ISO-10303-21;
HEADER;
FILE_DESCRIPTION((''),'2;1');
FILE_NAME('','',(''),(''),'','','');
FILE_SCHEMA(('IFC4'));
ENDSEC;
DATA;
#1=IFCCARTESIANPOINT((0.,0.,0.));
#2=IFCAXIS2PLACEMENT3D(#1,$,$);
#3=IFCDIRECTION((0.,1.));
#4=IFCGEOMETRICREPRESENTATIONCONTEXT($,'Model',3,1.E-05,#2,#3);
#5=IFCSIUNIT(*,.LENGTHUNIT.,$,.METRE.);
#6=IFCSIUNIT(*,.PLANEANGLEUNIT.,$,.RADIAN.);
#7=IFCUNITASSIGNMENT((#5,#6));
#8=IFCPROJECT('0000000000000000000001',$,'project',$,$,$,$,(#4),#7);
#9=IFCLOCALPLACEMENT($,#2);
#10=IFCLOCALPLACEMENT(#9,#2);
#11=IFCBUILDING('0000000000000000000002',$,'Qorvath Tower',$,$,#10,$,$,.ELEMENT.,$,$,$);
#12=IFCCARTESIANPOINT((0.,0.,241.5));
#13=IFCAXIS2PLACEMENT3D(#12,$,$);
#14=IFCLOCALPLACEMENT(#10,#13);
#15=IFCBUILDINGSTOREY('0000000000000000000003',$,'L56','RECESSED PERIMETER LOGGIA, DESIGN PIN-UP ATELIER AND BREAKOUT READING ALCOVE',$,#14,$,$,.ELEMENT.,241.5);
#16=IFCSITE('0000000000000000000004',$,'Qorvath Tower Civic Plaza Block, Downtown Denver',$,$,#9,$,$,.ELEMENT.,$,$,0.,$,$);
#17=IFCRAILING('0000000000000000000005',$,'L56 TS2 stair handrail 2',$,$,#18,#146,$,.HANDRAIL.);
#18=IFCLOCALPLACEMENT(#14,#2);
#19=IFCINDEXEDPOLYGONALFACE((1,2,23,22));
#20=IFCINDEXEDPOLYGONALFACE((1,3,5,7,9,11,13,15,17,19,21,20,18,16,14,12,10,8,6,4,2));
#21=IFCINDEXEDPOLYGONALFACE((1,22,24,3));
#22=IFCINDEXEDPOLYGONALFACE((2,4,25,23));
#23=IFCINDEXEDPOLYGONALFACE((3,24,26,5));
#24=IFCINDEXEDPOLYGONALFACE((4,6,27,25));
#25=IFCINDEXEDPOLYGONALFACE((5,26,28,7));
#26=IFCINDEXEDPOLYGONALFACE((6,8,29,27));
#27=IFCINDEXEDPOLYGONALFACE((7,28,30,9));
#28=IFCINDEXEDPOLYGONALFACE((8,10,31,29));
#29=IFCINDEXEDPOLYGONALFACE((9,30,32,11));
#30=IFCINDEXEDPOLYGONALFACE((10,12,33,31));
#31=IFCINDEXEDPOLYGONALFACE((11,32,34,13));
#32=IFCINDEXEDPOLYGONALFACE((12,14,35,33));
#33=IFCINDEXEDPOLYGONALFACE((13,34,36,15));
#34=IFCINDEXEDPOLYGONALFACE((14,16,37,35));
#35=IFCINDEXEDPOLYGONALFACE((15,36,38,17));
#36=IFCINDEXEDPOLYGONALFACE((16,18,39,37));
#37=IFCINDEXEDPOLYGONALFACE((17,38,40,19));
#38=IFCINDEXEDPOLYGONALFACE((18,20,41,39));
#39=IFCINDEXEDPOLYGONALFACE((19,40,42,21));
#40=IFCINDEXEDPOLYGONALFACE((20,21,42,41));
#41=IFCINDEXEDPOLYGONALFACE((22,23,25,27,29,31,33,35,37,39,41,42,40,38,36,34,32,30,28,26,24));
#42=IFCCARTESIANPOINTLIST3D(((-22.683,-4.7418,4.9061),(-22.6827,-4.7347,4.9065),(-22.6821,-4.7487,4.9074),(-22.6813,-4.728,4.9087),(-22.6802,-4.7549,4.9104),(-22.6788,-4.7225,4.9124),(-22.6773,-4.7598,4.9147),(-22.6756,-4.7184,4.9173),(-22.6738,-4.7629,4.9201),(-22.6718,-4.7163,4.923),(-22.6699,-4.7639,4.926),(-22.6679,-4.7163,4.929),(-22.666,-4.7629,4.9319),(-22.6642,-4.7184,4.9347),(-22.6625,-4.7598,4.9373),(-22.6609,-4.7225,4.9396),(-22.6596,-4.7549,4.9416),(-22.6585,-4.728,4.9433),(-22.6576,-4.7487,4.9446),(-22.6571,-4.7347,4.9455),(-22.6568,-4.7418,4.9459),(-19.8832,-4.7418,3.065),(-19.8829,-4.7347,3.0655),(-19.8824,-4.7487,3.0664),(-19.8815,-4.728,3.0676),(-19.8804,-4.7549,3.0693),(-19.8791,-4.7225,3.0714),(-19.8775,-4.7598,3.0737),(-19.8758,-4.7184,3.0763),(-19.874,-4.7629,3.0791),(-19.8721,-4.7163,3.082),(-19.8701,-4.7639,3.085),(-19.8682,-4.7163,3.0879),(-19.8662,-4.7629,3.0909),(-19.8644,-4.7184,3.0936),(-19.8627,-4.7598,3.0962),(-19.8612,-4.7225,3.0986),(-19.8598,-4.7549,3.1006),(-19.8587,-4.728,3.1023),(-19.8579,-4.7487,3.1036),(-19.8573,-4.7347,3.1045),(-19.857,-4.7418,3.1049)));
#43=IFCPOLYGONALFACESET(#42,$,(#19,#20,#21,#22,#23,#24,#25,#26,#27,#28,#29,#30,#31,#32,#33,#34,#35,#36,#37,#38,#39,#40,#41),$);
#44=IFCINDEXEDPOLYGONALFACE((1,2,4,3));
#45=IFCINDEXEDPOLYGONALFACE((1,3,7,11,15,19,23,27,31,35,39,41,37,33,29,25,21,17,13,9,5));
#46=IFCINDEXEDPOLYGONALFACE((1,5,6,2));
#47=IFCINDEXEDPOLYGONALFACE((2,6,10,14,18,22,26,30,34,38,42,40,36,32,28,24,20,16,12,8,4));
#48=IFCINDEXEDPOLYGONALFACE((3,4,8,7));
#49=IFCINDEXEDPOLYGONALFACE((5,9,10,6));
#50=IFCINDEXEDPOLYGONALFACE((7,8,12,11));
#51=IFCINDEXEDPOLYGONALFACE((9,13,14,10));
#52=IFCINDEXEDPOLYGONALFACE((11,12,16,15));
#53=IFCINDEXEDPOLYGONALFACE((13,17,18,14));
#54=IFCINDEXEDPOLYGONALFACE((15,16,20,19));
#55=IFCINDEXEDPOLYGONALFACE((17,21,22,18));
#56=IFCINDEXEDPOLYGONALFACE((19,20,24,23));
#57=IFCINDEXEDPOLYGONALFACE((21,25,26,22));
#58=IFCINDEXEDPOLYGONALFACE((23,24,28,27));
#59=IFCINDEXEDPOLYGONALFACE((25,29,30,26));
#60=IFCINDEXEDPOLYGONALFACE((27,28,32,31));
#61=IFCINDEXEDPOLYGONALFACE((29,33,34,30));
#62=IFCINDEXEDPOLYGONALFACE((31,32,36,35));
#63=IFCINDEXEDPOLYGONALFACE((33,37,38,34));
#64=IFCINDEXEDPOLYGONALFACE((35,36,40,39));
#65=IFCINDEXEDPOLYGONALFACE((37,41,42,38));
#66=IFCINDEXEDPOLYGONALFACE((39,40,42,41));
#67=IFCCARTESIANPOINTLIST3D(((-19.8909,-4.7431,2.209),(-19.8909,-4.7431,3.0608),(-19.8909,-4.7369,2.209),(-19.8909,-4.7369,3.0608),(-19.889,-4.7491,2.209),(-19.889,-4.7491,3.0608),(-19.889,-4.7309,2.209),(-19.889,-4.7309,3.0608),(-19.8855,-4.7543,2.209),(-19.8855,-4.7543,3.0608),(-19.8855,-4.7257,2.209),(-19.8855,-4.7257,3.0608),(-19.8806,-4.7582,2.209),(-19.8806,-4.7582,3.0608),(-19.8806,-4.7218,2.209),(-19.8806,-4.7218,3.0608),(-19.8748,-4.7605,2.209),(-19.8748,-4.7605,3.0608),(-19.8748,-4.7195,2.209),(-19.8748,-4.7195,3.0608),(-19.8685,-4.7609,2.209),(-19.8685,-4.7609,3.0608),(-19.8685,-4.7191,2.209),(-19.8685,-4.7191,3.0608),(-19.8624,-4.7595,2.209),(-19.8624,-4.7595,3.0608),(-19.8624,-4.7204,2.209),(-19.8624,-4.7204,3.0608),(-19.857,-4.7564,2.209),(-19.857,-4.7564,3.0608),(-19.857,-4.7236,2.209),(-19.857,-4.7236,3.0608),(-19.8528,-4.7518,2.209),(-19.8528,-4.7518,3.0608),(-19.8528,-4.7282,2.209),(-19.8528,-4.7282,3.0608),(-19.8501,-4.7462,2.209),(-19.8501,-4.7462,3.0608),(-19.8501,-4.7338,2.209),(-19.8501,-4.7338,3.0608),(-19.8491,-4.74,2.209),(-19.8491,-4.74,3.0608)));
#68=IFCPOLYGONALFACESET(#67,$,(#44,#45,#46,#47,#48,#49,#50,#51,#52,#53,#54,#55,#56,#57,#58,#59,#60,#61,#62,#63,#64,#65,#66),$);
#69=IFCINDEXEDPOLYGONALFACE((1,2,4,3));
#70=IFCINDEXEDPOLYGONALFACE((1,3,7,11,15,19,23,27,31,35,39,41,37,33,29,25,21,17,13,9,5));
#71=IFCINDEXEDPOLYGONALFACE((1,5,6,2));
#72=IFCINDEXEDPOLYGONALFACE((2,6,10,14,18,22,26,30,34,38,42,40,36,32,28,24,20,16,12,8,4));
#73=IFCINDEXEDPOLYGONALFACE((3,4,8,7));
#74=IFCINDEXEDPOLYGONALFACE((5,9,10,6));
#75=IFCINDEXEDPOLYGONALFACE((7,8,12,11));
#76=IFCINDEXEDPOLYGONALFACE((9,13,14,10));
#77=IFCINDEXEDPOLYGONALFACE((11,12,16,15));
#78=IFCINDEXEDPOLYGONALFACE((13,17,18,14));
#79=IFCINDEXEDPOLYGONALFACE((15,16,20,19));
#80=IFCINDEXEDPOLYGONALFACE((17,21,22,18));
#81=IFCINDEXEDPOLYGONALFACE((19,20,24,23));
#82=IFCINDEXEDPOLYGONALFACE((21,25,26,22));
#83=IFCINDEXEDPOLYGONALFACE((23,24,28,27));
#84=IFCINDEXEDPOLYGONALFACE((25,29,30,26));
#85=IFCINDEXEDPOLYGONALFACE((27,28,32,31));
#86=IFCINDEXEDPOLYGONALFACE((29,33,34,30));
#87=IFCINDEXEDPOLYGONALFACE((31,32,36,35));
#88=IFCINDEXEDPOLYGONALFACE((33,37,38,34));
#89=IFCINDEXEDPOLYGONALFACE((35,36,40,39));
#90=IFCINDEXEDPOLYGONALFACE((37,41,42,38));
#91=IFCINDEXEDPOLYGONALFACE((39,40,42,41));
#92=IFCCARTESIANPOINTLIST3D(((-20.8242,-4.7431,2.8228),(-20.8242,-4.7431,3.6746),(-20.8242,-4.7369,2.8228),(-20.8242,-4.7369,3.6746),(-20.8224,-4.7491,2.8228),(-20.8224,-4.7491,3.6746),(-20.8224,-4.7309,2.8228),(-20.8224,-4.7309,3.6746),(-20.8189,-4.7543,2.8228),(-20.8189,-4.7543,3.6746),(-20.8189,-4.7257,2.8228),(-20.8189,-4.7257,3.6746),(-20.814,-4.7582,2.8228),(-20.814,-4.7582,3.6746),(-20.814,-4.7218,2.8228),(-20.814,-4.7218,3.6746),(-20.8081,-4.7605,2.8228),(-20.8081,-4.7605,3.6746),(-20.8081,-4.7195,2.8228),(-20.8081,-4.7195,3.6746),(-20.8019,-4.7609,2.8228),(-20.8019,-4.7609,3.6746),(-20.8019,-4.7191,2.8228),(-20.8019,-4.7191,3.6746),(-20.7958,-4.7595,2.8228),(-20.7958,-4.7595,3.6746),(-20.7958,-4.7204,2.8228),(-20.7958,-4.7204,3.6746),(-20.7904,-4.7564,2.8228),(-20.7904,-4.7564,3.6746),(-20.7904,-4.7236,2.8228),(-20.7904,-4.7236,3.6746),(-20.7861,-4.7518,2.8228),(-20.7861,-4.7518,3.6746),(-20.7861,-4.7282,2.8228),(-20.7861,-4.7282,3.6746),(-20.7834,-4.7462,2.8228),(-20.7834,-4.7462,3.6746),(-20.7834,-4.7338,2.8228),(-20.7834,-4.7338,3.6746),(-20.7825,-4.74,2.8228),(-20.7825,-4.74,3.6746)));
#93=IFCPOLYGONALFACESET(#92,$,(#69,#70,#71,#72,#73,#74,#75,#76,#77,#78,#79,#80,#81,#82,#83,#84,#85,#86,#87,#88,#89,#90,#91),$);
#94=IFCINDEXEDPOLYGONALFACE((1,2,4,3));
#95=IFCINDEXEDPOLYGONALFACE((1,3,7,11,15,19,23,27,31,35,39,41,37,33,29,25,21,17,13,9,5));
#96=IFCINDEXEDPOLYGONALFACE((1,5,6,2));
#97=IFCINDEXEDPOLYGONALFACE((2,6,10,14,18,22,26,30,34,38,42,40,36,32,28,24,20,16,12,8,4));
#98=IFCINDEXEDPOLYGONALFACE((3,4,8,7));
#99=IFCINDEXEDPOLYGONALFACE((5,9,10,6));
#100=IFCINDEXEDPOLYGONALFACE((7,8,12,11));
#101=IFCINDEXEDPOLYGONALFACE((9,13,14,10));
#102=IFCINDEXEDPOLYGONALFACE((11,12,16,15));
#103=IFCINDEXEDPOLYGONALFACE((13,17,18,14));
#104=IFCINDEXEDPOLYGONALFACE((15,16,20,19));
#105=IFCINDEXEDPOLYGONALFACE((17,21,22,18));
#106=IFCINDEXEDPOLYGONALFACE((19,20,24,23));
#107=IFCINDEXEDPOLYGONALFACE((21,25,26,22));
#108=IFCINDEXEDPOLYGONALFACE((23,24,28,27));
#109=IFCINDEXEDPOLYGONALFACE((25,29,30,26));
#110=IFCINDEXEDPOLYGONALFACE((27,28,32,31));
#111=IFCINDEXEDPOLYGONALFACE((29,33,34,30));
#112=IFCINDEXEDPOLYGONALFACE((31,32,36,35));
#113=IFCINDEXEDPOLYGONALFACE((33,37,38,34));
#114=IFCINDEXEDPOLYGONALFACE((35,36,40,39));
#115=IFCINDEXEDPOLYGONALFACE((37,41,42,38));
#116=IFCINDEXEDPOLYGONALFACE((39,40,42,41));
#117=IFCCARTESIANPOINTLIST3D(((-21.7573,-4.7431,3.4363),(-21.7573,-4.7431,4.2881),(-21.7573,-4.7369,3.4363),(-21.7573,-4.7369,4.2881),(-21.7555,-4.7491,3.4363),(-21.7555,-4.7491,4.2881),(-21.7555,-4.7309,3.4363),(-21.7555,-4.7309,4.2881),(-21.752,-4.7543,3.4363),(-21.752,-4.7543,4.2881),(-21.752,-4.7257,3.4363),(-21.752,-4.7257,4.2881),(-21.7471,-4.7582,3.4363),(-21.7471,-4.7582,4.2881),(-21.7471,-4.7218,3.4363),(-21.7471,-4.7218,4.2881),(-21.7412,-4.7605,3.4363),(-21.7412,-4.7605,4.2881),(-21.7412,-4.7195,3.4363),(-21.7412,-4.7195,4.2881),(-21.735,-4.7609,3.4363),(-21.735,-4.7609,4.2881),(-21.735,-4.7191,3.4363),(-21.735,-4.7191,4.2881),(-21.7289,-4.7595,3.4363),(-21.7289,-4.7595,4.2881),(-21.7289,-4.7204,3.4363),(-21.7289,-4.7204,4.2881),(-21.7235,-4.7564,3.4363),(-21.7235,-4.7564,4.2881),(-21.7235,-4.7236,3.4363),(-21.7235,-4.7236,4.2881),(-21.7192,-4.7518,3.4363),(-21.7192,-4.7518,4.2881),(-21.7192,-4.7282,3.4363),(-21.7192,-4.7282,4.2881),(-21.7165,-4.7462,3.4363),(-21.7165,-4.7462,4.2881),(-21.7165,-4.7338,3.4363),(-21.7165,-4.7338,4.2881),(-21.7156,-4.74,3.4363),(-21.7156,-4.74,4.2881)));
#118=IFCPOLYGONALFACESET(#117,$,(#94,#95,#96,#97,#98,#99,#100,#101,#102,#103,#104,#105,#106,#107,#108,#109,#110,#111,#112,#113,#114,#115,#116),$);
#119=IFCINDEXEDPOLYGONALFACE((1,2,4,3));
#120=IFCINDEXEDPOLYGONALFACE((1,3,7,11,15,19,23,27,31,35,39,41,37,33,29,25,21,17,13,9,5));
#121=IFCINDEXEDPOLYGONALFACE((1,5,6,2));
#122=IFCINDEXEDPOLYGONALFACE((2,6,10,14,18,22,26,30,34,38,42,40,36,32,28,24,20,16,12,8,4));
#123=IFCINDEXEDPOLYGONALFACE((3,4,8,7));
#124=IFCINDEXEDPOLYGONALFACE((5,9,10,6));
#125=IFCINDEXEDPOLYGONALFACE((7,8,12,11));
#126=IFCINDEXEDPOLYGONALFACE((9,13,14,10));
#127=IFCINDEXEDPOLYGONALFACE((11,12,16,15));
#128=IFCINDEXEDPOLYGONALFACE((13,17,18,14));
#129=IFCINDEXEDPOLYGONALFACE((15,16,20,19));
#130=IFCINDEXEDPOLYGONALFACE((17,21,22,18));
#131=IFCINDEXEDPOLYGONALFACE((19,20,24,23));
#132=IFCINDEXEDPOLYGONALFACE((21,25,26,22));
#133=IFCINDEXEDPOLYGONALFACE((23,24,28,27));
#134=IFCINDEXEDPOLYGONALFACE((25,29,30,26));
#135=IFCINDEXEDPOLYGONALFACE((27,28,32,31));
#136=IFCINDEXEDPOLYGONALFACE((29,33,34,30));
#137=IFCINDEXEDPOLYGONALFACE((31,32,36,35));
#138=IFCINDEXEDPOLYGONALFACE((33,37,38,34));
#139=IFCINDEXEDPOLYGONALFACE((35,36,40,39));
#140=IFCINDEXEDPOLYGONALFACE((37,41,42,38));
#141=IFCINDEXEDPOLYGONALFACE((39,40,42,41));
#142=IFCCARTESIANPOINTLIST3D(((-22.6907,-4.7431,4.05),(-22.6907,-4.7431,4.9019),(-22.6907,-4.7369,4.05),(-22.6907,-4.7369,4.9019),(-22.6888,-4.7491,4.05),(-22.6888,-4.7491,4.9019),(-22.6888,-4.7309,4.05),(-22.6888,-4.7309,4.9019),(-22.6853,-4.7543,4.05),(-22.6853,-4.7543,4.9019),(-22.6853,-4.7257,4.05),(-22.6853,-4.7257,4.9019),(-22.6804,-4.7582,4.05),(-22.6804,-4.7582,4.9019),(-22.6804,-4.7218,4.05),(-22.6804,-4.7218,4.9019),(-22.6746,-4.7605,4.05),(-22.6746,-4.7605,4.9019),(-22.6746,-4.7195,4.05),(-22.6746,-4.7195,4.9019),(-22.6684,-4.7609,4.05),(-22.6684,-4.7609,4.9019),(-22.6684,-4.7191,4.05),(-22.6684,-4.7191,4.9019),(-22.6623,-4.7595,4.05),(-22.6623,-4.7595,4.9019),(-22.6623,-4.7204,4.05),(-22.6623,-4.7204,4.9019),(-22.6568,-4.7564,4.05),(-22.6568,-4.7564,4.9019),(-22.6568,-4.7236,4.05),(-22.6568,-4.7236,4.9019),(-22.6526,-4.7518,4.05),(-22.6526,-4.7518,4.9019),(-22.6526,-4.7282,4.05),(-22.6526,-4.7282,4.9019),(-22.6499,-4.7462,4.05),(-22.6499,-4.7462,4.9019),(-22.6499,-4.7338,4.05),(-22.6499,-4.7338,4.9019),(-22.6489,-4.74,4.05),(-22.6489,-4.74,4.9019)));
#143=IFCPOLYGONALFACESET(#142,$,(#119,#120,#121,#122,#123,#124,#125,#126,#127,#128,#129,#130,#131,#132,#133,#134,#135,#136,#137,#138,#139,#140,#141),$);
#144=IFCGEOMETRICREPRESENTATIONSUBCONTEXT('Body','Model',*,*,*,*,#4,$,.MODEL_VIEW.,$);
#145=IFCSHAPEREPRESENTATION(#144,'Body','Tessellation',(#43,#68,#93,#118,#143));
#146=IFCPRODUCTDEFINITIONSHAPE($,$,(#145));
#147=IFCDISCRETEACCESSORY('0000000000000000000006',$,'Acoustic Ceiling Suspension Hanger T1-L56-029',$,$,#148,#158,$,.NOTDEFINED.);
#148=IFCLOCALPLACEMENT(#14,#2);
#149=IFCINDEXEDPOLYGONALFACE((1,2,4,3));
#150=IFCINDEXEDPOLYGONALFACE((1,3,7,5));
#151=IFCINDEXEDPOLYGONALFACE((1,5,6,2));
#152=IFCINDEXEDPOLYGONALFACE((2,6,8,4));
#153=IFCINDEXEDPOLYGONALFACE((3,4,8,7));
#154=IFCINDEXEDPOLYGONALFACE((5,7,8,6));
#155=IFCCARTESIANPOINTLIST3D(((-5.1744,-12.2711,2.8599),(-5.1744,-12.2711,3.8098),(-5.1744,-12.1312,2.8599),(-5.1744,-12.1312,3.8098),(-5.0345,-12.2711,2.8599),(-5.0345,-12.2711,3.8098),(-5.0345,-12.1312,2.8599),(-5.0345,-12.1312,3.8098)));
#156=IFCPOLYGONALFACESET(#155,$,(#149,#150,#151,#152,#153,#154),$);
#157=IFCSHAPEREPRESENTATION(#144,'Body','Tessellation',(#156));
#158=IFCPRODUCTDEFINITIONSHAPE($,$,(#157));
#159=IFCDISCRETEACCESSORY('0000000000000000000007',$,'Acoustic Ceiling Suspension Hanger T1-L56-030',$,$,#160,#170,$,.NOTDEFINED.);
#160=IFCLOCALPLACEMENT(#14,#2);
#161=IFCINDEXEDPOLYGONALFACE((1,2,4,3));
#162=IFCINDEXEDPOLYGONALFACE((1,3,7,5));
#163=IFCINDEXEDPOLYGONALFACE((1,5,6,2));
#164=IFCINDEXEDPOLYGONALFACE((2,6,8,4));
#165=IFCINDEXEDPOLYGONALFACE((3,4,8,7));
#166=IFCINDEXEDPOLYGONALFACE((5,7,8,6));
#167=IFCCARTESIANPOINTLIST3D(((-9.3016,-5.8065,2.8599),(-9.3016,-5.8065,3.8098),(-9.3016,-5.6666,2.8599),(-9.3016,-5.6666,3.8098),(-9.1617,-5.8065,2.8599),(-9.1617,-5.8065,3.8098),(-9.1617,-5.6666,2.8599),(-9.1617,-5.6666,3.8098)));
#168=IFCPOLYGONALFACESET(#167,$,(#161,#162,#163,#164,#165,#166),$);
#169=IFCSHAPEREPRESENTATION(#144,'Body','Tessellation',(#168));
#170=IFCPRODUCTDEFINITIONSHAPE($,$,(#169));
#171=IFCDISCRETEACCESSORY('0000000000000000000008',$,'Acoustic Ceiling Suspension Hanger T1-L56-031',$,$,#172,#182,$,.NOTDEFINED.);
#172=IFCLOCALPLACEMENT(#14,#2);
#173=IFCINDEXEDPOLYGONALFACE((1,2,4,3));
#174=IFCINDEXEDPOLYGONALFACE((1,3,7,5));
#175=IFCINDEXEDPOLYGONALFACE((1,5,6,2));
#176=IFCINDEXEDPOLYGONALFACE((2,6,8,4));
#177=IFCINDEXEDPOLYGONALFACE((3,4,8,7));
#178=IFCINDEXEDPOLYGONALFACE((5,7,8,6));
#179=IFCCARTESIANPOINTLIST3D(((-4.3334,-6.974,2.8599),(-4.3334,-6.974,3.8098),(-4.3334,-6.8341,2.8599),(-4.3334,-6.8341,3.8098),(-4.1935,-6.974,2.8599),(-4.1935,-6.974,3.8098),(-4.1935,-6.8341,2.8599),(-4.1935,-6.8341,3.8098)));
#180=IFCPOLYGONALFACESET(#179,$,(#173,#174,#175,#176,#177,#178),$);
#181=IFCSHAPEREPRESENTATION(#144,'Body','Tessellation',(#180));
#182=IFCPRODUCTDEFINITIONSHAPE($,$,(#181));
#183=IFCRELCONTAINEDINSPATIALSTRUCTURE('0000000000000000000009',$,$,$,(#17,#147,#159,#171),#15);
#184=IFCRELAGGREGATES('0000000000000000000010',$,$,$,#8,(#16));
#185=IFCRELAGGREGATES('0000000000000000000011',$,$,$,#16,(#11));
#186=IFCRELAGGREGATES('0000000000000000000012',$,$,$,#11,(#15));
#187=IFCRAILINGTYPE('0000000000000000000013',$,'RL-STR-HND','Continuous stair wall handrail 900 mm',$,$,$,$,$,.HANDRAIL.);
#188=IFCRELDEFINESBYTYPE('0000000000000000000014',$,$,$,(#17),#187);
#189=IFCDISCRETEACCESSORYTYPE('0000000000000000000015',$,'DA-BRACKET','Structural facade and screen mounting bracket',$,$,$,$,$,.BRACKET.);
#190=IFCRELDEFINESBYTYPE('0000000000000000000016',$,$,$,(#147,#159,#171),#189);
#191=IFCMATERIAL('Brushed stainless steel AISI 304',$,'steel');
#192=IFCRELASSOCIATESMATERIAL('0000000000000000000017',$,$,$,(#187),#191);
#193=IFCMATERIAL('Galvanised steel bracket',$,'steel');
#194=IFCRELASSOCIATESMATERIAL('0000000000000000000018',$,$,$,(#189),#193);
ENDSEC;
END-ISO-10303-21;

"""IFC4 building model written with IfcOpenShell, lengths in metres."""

from ifc_helpers import new_model, si_unit, direction, frame, origin, origin_2d, place, context, subcontext, project, spatial, rectangle, circle, extrude, material, type_object, element, save


model = new_model("IFC4")

# Units and contexts
model_context = context("Model", 3, precision=1e-05, world=origin(), true_north=direction((0.0, 1.0)))
body_context = subcontext(model_context, "Body", "Model", "MODEL_VIEW")
ifc_project = project(units=[si_unit("LENGTHUNIT", "METRE"), si_unit("PLANEANGLEUNIT", "RADIAN")], contexts=[model_context])

# Site, building, storey
site_placement = place(None, origin())
site = spatial("IfcSite", under=ifc_project, at=site_placement, Name="Qorvath Tower Civic Plaza Block, Downtown Denver", CompositionType="ELEMENT", RefElevation=0.0)
building_placement = place(site_placement, origin())
building = spatial("IfcBuilding", under=site, at=building_placement, Name="Qorvath Tower", CompositionType="ELEMENT")
storey_placement = place(building_placement, frame((0.0, 0.0, 241.5)))
storey = spatial("IfcBuildingStorey", under=building, at=storey_placement, Name="L56", Description="RECESSED PERIMETER LOGGIA, DESIGN PIN-UP ATELIER AND BREAKOUT READING ALCOVE", CompositionType="ELEMENT", Elevation=241.5)

# Railing
ifc_material_1 = material(Name="Brushed stainless steel AISI 304", Category="steel")
railing_type_1 = type_object("IfcRailingType", Name="RL-STR-HND", Description="Continuous stair wall handrail 900 mm", PredefinedType="HANDRAIL", material=ifc_material_1)
railing_1_placement = place(storey_placement, frame((-19.8701, -4.74, 2.209)))
element("IfcRailing", 1, at=railing_1_placement, inside=storey, type_object=railing_type_1, Name="L56 TS2 stair handrail 2", PredefinedType="HANDRAIL", context=body_context, shape_type="SweptSolid", body=[
    extrude(circle(Radius=0.0239, at=origin_2d()), frame((0.0, 0.0, 0.876), z_axis=(-0.835542, 0.0, 0.549426), x_axis=(0.0, -1.0, 0.0)), (0.0, 0.0, 1.0), 3.3508),
    extrude(circle(Radius=0.021, at=origin_2d()), origin(), (0.0, 0.0, 1.0), 0.8518),
    extrude(circle(Radius=0.021, at=origin_2d()), frame((-0.9333, 0.0, 0.6138)), (0.0, 0.0, 1.0), 0.8518),
    extrude(circle(Radius=0.021, at=origin_2d()), frame((-1.8665, 0.0, 1.2273)), (0.0, 0.0, 1.0), 0.8518),
    extrude(circle(Radius=0.021, at=origin_2d()), frame((-2.7998, 0.0, 1.8411)), (0.0, 0.0, 1.0), 0.8518),
])

# Discrete accessories
ifc_material_2 = material(Name="Galvanised steel bracket", Category="steel")
discrete_accessory_type = type_object("IfcDiscreteAccessoryType", Name="DA-BRACKET", Description="Structural facade and screen mounting bracket", PredefinedType="BRACKET", material=ifc_material_2)
for number, where, z_axis, x_axis, name in (
    (2, (-5.1045, -12.2012, 2.8599), (0.0, 0.0, 1.0), (1.0, 0.0, 0.0), "Acoustic Ceiling Suspension Hanger T1-L56-029"),
    (3, (-9.2317, -5.7366, 2.8599), (0.0, 0.0, 1.0), (1.0, 0.0, 0.0), "Acoustic Ceiling Suspension Hanger T1-L56-030"),
    (4, (-4.2634, -6.9041, 2.8599), (0.0, 0.0, 1.0), (1.0, 0.0, 0.0), "Acoustic Ceiling Suspension Hanger T1-L56-031"),
):
    element("IfcDiscreteAccessory", number, at=place(storey_placement, frame(where, z_axis=z_axis, x_axis=x_axis)), inside=storey, type_object=discrete_accessory_type, Name=name, PredefinedType="NOTDEFINED", context=body_context, shape_type="SweptSolid", body=[
        extrude(rectangle(XDim=0.1399, YDim=0.1399, at=origin_2d()), origin(), (0.0, 0.0, 1.0), 0.95),
    ])

save(model, "model.ifc")
